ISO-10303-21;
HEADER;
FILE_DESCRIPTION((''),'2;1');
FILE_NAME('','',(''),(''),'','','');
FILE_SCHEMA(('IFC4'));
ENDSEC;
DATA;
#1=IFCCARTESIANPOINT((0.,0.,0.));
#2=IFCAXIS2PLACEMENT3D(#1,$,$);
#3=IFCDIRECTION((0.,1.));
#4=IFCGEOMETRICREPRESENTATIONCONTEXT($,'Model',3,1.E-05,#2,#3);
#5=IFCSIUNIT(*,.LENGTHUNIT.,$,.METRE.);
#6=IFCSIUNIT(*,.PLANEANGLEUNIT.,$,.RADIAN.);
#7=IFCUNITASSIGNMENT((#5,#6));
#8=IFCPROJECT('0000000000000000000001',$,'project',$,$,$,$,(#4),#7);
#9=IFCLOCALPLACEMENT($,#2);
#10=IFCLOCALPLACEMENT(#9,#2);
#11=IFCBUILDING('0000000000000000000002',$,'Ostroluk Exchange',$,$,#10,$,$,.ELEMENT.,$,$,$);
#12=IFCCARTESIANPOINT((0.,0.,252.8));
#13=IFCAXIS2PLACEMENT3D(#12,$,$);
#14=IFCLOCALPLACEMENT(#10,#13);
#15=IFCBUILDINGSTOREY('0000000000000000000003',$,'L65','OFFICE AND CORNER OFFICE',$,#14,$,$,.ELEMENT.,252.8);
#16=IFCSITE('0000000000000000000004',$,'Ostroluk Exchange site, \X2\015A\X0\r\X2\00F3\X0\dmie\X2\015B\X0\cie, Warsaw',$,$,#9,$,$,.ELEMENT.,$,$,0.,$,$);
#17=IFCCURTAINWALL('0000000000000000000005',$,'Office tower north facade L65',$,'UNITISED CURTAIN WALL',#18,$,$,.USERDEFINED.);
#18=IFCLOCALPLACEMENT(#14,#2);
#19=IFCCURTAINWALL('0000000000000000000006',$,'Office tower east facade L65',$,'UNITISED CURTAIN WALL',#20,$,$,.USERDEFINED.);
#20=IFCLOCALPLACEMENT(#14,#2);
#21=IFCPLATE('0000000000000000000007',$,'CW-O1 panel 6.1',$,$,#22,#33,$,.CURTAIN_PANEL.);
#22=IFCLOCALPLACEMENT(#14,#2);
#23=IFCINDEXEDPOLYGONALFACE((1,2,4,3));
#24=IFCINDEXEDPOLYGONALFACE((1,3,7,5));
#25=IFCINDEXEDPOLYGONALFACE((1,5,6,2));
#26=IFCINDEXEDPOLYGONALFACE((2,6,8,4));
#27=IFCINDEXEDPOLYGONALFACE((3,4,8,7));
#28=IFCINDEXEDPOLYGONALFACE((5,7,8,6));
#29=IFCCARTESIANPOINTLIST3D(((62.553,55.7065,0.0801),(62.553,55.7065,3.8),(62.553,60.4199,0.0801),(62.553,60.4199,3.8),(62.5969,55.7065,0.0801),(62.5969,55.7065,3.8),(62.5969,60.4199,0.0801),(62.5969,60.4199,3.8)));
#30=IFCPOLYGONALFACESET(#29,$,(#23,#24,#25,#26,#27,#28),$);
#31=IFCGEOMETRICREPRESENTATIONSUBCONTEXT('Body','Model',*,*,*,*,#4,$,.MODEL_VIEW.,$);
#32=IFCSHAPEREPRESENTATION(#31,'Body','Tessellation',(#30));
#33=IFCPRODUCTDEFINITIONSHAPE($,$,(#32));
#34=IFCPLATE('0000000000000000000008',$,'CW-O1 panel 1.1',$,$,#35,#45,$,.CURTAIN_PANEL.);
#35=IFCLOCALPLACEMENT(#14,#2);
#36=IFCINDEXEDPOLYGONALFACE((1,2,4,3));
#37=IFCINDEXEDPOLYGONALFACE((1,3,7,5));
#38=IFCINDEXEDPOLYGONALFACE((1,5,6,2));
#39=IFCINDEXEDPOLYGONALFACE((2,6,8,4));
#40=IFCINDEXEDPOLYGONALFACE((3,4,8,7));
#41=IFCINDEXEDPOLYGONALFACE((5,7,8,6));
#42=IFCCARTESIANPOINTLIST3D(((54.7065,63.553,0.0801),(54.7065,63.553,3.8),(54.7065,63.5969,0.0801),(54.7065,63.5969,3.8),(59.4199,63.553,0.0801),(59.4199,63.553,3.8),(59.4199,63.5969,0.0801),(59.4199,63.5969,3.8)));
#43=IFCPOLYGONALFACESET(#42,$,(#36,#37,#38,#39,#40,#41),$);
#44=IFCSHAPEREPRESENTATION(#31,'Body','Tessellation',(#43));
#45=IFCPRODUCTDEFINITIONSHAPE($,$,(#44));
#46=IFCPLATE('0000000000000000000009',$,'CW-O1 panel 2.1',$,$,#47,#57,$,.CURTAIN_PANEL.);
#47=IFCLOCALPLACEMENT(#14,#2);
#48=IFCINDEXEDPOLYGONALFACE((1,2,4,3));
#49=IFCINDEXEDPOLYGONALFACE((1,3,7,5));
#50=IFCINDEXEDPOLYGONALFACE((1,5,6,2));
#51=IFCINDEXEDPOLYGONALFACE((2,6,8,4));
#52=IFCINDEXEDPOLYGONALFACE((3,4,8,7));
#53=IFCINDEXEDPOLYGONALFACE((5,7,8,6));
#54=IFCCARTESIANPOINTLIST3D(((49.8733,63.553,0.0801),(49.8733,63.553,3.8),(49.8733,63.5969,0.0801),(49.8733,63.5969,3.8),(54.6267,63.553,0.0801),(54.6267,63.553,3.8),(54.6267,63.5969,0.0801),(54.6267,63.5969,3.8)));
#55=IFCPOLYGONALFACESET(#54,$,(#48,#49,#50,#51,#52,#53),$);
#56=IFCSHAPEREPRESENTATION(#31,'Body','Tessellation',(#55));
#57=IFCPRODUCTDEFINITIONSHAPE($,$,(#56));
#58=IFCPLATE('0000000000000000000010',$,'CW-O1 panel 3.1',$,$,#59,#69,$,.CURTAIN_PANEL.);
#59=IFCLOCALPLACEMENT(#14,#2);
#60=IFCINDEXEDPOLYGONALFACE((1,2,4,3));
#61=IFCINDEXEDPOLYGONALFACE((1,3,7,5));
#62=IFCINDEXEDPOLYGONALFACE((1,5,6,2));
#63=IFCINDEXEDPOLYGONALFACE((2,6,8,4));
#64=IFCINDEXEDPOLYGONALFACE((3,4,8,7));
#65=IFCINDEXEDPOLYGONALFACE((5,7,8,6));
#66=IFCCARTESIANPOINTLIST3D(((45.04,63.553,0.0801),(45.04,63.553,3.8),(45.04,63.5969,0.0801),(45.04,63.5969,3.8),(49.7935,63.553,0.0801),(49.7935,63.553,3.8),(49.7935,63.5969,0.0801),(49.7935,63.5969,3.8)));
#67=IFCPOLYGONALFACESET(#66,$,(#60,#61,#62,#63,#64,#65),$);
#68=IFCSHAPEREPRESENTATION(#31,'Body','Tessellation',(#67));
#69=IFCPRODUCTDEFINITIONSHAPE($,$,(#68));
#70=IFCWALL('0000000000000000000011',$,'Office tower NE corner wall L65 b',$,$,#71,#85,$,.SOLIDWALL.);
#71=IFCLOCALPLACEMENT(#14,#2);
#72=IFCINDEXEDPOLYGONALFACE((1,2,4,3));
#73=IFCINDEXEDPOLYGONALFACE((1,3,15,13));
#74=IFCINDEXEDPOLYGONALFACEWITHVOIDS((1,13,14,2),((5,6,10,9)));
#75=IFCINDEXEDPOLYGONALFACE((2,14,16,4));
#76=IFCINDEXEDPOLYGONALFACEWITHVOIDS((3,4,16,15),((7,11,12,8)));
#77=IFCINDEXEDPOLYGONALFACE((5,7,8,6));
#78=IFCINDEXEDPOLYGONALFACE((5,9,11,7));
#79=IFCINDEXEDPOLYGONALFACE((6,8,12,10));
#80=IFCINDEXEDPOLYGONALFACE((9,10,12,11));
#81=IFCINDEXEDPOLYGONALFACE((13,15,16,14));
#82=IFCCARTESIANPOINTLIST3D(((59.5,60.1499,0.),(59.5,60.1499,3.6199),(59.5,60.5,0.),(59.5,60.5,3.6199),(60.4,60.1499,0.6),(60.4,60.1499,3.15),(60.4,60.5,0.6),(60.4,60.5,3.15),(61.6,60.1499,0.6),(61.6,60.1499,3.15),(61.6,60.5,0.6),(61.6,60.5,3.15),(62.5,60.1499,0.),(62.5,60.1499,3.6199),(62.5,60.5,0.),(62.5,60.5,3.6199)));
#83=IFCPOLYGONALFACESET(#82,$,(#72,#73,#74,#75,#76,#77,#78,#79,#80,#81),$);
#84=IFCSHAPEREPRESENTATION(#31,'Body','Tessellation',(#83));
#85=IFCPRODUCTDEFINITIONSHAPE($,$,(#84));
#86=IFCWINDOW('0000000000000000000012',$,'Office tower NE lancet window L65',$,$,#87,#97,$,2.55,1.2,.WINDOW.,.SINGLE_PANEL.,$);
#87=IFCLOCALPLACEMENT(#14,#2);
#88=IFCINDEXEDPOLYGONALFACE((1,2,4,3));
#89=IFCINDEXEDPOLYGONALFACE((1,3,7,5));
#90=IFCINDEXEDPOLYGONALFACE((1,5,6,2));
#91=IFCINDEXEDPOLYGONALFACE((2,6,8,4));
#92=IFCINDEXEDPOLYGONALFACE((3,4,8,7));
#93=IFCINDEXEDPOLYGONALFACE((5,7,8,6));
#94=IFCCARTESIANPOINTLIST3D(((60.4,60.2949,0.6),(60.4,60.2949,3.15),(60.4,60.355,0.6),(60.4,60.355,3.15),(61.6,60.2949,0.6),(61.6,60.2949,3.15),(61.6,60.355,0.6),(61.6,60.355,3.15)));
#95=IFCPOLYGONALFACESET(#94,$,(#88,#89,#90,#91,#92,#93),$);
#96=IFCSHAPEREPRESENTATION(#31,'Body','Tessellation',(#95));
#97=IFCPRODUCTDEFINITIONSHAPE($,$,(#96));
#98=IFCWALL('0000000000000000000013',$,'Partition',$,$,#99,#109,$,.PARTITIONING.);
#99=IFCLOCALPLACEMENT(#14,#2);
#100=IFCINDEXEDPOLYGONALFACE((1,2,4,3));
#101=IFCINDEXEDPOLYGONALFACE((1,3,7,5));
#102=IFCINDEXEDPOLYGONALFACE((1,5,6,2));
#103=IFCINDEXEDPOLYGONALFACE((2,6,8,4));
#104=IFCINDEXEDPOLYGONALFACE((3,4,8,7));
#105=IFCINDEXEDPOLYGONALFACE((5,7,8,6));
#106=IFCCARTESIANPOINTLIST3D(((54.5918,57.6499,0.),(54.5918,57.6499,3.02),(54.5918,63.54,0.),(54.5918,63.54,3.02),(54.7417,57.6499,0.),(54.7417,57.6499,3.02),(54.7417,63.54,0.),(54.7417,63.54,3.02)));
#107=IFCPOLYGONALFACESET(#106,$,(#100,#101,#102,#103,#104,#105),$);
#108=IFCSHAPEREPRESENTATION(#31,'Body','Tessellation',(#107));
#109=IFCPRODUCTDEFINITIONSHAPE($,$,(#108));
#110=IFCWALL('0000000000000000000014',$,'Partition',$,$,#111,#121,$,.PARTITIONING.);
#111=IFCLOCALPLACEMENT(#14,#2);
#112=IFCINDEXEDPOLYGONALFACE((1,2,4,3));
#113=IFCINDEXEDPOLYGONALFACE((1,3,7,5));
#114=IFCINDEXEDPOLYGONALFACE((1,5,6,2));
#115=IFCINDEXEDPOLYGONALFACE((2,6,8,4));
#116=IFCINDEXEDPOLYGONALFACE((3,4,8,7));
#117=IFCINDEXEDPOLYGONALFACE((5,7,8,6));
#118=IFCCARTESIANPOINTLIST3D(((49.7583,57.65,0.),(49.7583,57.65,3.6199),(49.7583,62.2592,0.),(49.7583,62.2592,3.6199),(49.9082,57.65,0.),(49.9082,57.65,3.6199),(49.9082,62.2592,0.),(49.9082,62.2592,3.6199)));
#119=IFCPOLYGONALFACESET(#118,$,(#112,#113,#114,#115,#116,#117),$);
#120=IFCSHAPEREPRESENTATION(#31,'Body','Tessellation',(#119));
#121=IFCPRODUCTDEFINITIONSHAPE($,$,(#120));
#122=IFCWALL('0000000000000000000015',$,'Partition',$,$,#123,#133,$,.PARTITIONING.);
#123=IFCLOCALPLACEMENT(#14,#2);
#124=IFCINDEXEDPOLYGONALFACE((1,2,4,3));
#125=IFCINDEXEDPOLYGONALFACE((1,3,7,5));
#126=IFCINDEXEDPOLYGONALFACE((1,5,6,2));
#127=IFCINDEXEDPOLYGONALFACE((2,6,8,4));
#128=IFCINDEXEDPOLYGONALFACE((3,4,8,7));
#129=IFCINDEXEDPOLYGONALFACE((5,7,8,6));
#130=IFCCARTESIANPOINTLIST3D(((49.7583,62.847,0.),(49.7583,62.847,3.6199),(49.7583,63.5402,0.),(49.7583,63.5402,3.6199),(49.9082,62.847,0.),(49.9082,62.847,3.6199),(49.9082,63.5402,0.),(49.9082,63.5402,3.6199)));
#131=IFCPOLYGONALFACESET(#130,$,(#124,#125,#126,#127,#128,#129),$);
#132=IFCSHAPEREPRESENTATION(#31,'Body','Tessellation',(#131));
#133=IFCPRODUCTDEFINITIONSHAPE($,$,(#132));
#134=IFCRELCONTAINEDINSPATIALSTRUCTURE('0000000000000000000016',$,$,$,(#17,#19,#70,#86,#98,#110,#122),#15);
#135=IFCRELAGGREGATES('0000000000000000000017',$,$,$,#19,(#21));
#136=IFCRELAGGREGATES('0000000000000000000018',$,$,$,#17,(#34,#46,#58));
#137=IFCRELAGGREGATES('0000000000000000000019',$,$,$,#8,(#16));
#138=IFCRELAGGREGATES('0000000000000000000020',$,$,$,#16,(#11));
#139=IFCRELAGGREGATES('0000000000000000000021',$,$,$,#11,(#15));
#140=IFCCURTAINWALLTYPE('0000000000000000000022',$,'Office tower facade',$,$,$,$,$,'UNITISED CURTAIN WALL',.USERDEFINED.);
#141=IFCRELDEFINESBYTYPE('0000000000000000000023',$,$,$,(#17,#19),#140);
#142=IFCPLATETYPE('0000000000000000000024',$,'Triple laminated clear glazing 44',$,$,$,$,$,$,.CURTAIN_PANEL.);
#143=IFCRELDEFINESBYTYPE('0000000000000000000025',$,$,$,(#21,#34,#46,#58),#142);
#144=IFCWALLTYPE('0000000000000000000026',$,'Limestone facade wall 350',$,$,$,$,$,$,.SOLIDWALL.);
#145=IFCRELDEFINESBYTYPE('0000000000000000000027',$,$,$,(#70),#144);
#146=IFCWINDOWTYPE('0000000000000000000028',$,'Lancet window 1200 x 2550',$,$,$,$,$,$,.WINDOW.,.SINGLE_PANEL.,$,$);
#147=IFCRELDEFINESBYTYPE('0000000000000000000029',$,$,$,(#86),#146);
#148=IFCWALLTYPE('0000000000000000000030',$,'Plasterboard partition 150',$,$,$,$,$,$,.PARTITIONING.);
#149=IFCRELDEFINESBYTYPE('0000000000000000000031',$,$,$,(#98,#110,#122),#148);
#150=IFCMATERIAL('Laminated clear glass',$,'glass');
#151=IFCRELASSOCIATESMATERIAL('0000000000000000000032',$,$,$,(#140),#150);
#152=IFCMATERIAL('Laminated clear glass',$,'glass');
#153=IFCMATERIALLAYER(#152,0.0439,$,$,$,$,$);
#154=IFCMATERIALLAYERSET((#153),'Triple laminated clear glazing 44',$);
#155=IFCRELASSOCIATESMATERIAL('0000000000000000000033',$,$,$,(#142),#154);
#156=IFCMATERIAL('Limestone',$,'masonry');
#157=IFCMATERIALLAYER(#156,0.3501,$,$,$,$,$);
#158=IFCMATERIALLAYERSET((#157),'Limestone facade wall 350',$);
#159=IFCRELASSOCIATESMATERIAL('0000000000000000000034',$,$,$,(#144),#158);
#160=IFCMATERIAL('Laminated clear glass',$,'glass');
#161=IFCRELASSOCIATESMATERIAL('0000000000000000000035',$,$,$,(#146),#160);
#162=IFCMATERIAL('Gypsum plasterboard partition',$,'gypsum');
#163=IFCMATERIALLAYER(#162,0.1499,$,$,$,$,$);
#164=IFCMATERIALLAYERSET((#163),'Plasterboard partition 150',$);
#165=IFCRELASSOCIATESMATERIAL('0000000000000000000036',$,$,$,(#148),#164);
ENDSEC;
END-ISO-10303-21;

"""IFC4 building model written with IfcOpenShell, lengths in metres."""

from ifc_helpers import new_model, si_unit, direction, frame, frame_2d, origin, origin_2d, place, context, subcontext, project, spatial, rectangle, extrude, material, layer, layer_set, type_object, element, fill, aggregate, save


model = new_model("IFC4")

# Units and contexts
model_context = context("Model", 3, precision=1e-05, world=origin(), true_north=direction((0.0, 1.0)))
body_context = subcontext(model_context, "Body", "Model", "MODEL_VIEW")
ifc_project = project(units=[si_unit("LENGTHUNIT", "METRE"), si_unit("PLANEANGLEUNIT", "RADIAN")], contexts=[model_context])

# Site, building, storey
site_placement = place(None, origin())
site = spatial("IfcSite", under=ifc_project, at=site_placement, Name="Ostroluk Exchange site, Śródmieście, Warsaw", CompositionType="ELEMENT", RefElevation=0.0)
building_placement = place(site_placement, origin())
building = spatial("IfcBuilding", under=site, at=building_placement, Name="Ostroluk Exchange", CompositionType="ELEMENT")
storey_placement = place(building_placement, frame((0.0, 0.0, 252.8)))
storey = spatial("IfcBuildingStorey", under=building, at=storey_placement, Name="L65", Description="OFFICE AND CORNER OFFICE", CompositionType="ELEMENT", Elevation=252.8)

# Curtain wall
ifc_material_1 = material(Name="Laminated clear glass", Category="glass")
curtain_wall_type = type_object("IfcCurtainWallType", Name="Office tower facade", ElementType="UNITISED CURTAIN WALL", PredefinedType="USERDEFINED", material=ifc_material_1)
curtain_wall_1_placement = place(storey_placement, origin())
curtain_wall_1 = element("IfcCurtainWall", 1, at=curtain_wall_1_placement, inside=storey, type_object=curtain_wall_type, Name="Office tower north facade L65", ObjectType="UNITISED CURTAIN WALL", PredefinedType="USERDEFINED")

# Curtain wall
curtain_wall_2_placement = place(storey_placement, origin())
curtain_wall_2 = element("IfcCurtainWall", 2, at=curtain_wall_2_placement, inside=storey, type_object=curtain_wall_type, Name="Office tower east facade L65", ObjectType="UNITISED CURTAIN WALL", PredefinedType="USERDEFINED")

# Plates
ifc_material_2 = material(Name="Laminated clear glass", Category="glass")
ifc_layer_1 = layer(ifc_material_2, 0.0439)
ifc_layer_set_1 = layer_set([ifc_layer_1], Name="Triple laminated clear glazing 44")
plate_type_1 = type_object("IfcPlateType", Name="Triple laminated clear glazing 44", PredefinedType="CURTAIN_PANEL", material=ifc_layer_set_1)
plate_1_placement = place(storey_placement, frame((62.575, 58.0632, 0.0801), z_axis=(0.0, 0.0, 1.0), x_axis=(0.0, 1.0, 0.0)))
plate_1 = element("IfcPlate", 3, at=plate_1_placement, type_object=plate_type_1, Name="CW-O1 panel 6.1", PredefinedType="CURTAIN_PANEL", context=body_context, shape_type="SweptSolid", body=[
    extrude(rectangle(XDim=4.7134, YDim=0.0439, at=origin_2d()), origin(), (0.0, 0.0, 1.0), 3.72),
])
aggregate(curtain_wall_2, [plate_1])
plate_2_placement = place(storey_placement, frame((57.0632, 63.575, 0.0801), z_axis=(0.0, 0.0, 1.0), x_axis=(-1.0, 0.0, 0.0)))
plate_2 = element("IfcPlate", 4, at=plate_2_placement, type_object=plate_type_1, Name="CW-O1 panel 1.1", PredefinedType="CURTAIN_PANEL", context=body_context, shape_type="SweptSolid", body=[
    extrude(rectangle(XDim=4.7134, YDim=0.0439, at=origin_2d()), origin(), (0.0, 0.0, 1.0), 3.72),
])
plate_3_placement = place(storey_placement, frame((52.25, 63.575, 0.0801), z_axis=(0.0, 0.0, 1.0), x_axis=(-1.0, 0.0, 0.0)))
plate_3 = element("IfcPlate", 5, at=plate_3_placement, type_object=plate_type_1, Name="CW-O1 panel 2.1", PredefinedType="CURTAIN_PANEL", context=body_context, shape_type="SweptSolid", body=[
    extrude(rectangle(XDim=4.7534, YDim=0.0439, at=origin_2d()), origin(), (0.0, 0.0, 1.0), 3.72),
])
plate_4_placement = place(storey_placement, frame((47.4167, 63.575, 0.0801), z_axis=(0.0, 0.0, 1.0), x_axis=(-1.0, 0.0, 0.0)))
plate_4 = element("IfcPlate", 6, at=plate_4_placement, type_object=plate_type_1, Name="CW-O1 panel 3.1", PredefinedType="CURTAIN_PANEL", context=body_context, shape_type="SweptSolid", body=[
    extrude(rectangle(XDim=4.7534, YDim=0.0439, at=origin_2d()), origin(), (0.0, 0.0, 1.0), 3.72),
])
aggregate(curtain_wall_1, [plate_2, plate_3, plate_4])

# Shared definitions
ifc_material_3 = material(Name="Limestone", Category="masonry")
ifc_layer_2 = layer(ifc_material_3, 0.3501)
ifc_layer_set_2 = layer_set([ifc_layer_2], Name="Limestone facade wall 350")
wall_type_1 = type_object("IfcWallType", Name="Limestone facade wall 350", PredefinedType="SOLIDWALL", material=ifc_layer_set_2)

# Wall, opening, window
wall_1_placement = place(storey_placement, frame((59.5, 60.325, 0.0), z_axis=(0.0, 0.0, 1.0), x_axis=(1.0, 0.0, 0.0)))
wall_1 = element("IfcWall", 7, at=wall_1_placement, inside=storey, type_object=wall_type_1, Name="Office tower NE corner wall L65 b", PredefinedType="SOLIDWALL", context=body_context, shape_type="SweptSolid", body=[
    extrude(rectangle(XDim=3.0, YDim=0.3501, at=frame_2d((1.5, 0.0))), origin(), (0.0, 0.0, 1.0), 3.6199),
])
opening_1_placement = place(wall_1_placement, frame((0.8999, 0.0, 0.6001)))
opening_1 = element("IfcOpeningElement", 8, at=opening_1_placement, cuts=wall_1, PredefinedType="OPENING", context=body_context, shape_type="SweptSolid", body=[
    extrude(rectangle(XDim=1.2, YDim=2.55, at=frame_2d((0.6001, 1.2749))), frame((0.0, 0.1851, 0.0), z_axis=(0.0, -1.0, 0.0), x_axis=(1.0, 0.0, 0.0)), (0.0, 0.0, 1.0), 0.3701),
])
ifc_material_4 = material(Name="Laminated clear glass", Category="glass")
window_type = type_object("IfcWindowType", Name="Lancet window 1200 x 2550", PartitioningType="SINGLE_PANEL", PredefinedType="WINDOW", material=ifc_material_4)
window_placement = place(opening_1_placement, origin())
window = element("IfcWindow", 9, at=window_placement, inside=storey, type_object=window_type, Name="Office tower NE lancet window L65", OverallHeight=2.55, OverallWidth=1.2, PartitioningType="SINGLE_PANEL", PredefinedType="WINDOW", context=body_context, shape_type="SweptSolid", body=[
    extrude(rectangle(XDim=1.2, YDim=2.55, at=frame_2d((0.6001, 1.2749))), frame((0.0, 0.03, 0.0), z_axis=(0.0, -1.0, 0.0), x_axis=(1.0, 0.0, 0.0)), (0.0, 0.0, 1.0), 0.0601),
])
fill(opening_1, window)

# Walls
ifc_material_5 = material(Name="Gypsum plasterboard partition", Category="gypsum")
ifc_layer_3 = layer(ifc_material_5, 0.1499)
ifc_layer_set_3 = layer_set([ifc_layer_3], Name="Plasterboard partition 150")
wall_type_2 = type_object("IfcWallType", Name="Plasterboard partition 150", PredefinedType="PARTITIONING", material=ifc_layer_set_3)
wall_2_placement = place(storey_placement, frame((54.6667, 57.6499, 0.0), z_axis=(0.0, 0.0, 1.0), x_axis=(0.0, 1.0, 0.0)))
element("IfcWall", 10, at=wall_2_placement, inside=storey, type_object=wall_type_2, Name="Partition", PredefinedType="PARTITIONING", context=body_context, shape_type="SweptSolid", body=[
    extrude(rectangle(XDim=5.8901, YDim=0.1499, at=frame_2d((2.9451, 0.0))), origin(), (0.0, 0.0, 1.0), 3.02),
])
wall_3_placement = place(storey_placement, frame((49.8333, 57.6499, 0.0), z_axis=(0.0, 0.0, 1.0), x_axis=(0.0, 1.0, 0.0)))
element("IfcWall", 11, at=wall_3_placement, inside=storey, type_object=wall_type_2, Name="Partition", PredefinedType="PARTITIONING", context=body_context, shape_type="SweptSolid", body=[
    extrude(rectangle(XDim=4.6091, YDim=0.1499, at=frame_2d((2.3047, 0.0))), origin(), (0.0, 0.0, 1.0), 3.6199),
])
wall_4_placement = place(storey_placement, frame((49.8333, 62.8469, 0.0), z_axis=(0.0, 0.0, 1.0), x_axis=(0.0, 1.0, 0.0)))
element("IfcWall", 12, at=wall_4_placement, inside=storey, type_object=wall_type_2, Name="Partition", PredefinedType="PARTITIONING", context=body_context, shape_type="SweptSolid", body=[
    extrude(rectangle(XDim=0.6931, YDim=0.1499, at=frame_2d((0.3467, 0.0))), origin(), (0.0, 0.0, 1.0), 3.6199),
])

save(model, "model.ifc")
